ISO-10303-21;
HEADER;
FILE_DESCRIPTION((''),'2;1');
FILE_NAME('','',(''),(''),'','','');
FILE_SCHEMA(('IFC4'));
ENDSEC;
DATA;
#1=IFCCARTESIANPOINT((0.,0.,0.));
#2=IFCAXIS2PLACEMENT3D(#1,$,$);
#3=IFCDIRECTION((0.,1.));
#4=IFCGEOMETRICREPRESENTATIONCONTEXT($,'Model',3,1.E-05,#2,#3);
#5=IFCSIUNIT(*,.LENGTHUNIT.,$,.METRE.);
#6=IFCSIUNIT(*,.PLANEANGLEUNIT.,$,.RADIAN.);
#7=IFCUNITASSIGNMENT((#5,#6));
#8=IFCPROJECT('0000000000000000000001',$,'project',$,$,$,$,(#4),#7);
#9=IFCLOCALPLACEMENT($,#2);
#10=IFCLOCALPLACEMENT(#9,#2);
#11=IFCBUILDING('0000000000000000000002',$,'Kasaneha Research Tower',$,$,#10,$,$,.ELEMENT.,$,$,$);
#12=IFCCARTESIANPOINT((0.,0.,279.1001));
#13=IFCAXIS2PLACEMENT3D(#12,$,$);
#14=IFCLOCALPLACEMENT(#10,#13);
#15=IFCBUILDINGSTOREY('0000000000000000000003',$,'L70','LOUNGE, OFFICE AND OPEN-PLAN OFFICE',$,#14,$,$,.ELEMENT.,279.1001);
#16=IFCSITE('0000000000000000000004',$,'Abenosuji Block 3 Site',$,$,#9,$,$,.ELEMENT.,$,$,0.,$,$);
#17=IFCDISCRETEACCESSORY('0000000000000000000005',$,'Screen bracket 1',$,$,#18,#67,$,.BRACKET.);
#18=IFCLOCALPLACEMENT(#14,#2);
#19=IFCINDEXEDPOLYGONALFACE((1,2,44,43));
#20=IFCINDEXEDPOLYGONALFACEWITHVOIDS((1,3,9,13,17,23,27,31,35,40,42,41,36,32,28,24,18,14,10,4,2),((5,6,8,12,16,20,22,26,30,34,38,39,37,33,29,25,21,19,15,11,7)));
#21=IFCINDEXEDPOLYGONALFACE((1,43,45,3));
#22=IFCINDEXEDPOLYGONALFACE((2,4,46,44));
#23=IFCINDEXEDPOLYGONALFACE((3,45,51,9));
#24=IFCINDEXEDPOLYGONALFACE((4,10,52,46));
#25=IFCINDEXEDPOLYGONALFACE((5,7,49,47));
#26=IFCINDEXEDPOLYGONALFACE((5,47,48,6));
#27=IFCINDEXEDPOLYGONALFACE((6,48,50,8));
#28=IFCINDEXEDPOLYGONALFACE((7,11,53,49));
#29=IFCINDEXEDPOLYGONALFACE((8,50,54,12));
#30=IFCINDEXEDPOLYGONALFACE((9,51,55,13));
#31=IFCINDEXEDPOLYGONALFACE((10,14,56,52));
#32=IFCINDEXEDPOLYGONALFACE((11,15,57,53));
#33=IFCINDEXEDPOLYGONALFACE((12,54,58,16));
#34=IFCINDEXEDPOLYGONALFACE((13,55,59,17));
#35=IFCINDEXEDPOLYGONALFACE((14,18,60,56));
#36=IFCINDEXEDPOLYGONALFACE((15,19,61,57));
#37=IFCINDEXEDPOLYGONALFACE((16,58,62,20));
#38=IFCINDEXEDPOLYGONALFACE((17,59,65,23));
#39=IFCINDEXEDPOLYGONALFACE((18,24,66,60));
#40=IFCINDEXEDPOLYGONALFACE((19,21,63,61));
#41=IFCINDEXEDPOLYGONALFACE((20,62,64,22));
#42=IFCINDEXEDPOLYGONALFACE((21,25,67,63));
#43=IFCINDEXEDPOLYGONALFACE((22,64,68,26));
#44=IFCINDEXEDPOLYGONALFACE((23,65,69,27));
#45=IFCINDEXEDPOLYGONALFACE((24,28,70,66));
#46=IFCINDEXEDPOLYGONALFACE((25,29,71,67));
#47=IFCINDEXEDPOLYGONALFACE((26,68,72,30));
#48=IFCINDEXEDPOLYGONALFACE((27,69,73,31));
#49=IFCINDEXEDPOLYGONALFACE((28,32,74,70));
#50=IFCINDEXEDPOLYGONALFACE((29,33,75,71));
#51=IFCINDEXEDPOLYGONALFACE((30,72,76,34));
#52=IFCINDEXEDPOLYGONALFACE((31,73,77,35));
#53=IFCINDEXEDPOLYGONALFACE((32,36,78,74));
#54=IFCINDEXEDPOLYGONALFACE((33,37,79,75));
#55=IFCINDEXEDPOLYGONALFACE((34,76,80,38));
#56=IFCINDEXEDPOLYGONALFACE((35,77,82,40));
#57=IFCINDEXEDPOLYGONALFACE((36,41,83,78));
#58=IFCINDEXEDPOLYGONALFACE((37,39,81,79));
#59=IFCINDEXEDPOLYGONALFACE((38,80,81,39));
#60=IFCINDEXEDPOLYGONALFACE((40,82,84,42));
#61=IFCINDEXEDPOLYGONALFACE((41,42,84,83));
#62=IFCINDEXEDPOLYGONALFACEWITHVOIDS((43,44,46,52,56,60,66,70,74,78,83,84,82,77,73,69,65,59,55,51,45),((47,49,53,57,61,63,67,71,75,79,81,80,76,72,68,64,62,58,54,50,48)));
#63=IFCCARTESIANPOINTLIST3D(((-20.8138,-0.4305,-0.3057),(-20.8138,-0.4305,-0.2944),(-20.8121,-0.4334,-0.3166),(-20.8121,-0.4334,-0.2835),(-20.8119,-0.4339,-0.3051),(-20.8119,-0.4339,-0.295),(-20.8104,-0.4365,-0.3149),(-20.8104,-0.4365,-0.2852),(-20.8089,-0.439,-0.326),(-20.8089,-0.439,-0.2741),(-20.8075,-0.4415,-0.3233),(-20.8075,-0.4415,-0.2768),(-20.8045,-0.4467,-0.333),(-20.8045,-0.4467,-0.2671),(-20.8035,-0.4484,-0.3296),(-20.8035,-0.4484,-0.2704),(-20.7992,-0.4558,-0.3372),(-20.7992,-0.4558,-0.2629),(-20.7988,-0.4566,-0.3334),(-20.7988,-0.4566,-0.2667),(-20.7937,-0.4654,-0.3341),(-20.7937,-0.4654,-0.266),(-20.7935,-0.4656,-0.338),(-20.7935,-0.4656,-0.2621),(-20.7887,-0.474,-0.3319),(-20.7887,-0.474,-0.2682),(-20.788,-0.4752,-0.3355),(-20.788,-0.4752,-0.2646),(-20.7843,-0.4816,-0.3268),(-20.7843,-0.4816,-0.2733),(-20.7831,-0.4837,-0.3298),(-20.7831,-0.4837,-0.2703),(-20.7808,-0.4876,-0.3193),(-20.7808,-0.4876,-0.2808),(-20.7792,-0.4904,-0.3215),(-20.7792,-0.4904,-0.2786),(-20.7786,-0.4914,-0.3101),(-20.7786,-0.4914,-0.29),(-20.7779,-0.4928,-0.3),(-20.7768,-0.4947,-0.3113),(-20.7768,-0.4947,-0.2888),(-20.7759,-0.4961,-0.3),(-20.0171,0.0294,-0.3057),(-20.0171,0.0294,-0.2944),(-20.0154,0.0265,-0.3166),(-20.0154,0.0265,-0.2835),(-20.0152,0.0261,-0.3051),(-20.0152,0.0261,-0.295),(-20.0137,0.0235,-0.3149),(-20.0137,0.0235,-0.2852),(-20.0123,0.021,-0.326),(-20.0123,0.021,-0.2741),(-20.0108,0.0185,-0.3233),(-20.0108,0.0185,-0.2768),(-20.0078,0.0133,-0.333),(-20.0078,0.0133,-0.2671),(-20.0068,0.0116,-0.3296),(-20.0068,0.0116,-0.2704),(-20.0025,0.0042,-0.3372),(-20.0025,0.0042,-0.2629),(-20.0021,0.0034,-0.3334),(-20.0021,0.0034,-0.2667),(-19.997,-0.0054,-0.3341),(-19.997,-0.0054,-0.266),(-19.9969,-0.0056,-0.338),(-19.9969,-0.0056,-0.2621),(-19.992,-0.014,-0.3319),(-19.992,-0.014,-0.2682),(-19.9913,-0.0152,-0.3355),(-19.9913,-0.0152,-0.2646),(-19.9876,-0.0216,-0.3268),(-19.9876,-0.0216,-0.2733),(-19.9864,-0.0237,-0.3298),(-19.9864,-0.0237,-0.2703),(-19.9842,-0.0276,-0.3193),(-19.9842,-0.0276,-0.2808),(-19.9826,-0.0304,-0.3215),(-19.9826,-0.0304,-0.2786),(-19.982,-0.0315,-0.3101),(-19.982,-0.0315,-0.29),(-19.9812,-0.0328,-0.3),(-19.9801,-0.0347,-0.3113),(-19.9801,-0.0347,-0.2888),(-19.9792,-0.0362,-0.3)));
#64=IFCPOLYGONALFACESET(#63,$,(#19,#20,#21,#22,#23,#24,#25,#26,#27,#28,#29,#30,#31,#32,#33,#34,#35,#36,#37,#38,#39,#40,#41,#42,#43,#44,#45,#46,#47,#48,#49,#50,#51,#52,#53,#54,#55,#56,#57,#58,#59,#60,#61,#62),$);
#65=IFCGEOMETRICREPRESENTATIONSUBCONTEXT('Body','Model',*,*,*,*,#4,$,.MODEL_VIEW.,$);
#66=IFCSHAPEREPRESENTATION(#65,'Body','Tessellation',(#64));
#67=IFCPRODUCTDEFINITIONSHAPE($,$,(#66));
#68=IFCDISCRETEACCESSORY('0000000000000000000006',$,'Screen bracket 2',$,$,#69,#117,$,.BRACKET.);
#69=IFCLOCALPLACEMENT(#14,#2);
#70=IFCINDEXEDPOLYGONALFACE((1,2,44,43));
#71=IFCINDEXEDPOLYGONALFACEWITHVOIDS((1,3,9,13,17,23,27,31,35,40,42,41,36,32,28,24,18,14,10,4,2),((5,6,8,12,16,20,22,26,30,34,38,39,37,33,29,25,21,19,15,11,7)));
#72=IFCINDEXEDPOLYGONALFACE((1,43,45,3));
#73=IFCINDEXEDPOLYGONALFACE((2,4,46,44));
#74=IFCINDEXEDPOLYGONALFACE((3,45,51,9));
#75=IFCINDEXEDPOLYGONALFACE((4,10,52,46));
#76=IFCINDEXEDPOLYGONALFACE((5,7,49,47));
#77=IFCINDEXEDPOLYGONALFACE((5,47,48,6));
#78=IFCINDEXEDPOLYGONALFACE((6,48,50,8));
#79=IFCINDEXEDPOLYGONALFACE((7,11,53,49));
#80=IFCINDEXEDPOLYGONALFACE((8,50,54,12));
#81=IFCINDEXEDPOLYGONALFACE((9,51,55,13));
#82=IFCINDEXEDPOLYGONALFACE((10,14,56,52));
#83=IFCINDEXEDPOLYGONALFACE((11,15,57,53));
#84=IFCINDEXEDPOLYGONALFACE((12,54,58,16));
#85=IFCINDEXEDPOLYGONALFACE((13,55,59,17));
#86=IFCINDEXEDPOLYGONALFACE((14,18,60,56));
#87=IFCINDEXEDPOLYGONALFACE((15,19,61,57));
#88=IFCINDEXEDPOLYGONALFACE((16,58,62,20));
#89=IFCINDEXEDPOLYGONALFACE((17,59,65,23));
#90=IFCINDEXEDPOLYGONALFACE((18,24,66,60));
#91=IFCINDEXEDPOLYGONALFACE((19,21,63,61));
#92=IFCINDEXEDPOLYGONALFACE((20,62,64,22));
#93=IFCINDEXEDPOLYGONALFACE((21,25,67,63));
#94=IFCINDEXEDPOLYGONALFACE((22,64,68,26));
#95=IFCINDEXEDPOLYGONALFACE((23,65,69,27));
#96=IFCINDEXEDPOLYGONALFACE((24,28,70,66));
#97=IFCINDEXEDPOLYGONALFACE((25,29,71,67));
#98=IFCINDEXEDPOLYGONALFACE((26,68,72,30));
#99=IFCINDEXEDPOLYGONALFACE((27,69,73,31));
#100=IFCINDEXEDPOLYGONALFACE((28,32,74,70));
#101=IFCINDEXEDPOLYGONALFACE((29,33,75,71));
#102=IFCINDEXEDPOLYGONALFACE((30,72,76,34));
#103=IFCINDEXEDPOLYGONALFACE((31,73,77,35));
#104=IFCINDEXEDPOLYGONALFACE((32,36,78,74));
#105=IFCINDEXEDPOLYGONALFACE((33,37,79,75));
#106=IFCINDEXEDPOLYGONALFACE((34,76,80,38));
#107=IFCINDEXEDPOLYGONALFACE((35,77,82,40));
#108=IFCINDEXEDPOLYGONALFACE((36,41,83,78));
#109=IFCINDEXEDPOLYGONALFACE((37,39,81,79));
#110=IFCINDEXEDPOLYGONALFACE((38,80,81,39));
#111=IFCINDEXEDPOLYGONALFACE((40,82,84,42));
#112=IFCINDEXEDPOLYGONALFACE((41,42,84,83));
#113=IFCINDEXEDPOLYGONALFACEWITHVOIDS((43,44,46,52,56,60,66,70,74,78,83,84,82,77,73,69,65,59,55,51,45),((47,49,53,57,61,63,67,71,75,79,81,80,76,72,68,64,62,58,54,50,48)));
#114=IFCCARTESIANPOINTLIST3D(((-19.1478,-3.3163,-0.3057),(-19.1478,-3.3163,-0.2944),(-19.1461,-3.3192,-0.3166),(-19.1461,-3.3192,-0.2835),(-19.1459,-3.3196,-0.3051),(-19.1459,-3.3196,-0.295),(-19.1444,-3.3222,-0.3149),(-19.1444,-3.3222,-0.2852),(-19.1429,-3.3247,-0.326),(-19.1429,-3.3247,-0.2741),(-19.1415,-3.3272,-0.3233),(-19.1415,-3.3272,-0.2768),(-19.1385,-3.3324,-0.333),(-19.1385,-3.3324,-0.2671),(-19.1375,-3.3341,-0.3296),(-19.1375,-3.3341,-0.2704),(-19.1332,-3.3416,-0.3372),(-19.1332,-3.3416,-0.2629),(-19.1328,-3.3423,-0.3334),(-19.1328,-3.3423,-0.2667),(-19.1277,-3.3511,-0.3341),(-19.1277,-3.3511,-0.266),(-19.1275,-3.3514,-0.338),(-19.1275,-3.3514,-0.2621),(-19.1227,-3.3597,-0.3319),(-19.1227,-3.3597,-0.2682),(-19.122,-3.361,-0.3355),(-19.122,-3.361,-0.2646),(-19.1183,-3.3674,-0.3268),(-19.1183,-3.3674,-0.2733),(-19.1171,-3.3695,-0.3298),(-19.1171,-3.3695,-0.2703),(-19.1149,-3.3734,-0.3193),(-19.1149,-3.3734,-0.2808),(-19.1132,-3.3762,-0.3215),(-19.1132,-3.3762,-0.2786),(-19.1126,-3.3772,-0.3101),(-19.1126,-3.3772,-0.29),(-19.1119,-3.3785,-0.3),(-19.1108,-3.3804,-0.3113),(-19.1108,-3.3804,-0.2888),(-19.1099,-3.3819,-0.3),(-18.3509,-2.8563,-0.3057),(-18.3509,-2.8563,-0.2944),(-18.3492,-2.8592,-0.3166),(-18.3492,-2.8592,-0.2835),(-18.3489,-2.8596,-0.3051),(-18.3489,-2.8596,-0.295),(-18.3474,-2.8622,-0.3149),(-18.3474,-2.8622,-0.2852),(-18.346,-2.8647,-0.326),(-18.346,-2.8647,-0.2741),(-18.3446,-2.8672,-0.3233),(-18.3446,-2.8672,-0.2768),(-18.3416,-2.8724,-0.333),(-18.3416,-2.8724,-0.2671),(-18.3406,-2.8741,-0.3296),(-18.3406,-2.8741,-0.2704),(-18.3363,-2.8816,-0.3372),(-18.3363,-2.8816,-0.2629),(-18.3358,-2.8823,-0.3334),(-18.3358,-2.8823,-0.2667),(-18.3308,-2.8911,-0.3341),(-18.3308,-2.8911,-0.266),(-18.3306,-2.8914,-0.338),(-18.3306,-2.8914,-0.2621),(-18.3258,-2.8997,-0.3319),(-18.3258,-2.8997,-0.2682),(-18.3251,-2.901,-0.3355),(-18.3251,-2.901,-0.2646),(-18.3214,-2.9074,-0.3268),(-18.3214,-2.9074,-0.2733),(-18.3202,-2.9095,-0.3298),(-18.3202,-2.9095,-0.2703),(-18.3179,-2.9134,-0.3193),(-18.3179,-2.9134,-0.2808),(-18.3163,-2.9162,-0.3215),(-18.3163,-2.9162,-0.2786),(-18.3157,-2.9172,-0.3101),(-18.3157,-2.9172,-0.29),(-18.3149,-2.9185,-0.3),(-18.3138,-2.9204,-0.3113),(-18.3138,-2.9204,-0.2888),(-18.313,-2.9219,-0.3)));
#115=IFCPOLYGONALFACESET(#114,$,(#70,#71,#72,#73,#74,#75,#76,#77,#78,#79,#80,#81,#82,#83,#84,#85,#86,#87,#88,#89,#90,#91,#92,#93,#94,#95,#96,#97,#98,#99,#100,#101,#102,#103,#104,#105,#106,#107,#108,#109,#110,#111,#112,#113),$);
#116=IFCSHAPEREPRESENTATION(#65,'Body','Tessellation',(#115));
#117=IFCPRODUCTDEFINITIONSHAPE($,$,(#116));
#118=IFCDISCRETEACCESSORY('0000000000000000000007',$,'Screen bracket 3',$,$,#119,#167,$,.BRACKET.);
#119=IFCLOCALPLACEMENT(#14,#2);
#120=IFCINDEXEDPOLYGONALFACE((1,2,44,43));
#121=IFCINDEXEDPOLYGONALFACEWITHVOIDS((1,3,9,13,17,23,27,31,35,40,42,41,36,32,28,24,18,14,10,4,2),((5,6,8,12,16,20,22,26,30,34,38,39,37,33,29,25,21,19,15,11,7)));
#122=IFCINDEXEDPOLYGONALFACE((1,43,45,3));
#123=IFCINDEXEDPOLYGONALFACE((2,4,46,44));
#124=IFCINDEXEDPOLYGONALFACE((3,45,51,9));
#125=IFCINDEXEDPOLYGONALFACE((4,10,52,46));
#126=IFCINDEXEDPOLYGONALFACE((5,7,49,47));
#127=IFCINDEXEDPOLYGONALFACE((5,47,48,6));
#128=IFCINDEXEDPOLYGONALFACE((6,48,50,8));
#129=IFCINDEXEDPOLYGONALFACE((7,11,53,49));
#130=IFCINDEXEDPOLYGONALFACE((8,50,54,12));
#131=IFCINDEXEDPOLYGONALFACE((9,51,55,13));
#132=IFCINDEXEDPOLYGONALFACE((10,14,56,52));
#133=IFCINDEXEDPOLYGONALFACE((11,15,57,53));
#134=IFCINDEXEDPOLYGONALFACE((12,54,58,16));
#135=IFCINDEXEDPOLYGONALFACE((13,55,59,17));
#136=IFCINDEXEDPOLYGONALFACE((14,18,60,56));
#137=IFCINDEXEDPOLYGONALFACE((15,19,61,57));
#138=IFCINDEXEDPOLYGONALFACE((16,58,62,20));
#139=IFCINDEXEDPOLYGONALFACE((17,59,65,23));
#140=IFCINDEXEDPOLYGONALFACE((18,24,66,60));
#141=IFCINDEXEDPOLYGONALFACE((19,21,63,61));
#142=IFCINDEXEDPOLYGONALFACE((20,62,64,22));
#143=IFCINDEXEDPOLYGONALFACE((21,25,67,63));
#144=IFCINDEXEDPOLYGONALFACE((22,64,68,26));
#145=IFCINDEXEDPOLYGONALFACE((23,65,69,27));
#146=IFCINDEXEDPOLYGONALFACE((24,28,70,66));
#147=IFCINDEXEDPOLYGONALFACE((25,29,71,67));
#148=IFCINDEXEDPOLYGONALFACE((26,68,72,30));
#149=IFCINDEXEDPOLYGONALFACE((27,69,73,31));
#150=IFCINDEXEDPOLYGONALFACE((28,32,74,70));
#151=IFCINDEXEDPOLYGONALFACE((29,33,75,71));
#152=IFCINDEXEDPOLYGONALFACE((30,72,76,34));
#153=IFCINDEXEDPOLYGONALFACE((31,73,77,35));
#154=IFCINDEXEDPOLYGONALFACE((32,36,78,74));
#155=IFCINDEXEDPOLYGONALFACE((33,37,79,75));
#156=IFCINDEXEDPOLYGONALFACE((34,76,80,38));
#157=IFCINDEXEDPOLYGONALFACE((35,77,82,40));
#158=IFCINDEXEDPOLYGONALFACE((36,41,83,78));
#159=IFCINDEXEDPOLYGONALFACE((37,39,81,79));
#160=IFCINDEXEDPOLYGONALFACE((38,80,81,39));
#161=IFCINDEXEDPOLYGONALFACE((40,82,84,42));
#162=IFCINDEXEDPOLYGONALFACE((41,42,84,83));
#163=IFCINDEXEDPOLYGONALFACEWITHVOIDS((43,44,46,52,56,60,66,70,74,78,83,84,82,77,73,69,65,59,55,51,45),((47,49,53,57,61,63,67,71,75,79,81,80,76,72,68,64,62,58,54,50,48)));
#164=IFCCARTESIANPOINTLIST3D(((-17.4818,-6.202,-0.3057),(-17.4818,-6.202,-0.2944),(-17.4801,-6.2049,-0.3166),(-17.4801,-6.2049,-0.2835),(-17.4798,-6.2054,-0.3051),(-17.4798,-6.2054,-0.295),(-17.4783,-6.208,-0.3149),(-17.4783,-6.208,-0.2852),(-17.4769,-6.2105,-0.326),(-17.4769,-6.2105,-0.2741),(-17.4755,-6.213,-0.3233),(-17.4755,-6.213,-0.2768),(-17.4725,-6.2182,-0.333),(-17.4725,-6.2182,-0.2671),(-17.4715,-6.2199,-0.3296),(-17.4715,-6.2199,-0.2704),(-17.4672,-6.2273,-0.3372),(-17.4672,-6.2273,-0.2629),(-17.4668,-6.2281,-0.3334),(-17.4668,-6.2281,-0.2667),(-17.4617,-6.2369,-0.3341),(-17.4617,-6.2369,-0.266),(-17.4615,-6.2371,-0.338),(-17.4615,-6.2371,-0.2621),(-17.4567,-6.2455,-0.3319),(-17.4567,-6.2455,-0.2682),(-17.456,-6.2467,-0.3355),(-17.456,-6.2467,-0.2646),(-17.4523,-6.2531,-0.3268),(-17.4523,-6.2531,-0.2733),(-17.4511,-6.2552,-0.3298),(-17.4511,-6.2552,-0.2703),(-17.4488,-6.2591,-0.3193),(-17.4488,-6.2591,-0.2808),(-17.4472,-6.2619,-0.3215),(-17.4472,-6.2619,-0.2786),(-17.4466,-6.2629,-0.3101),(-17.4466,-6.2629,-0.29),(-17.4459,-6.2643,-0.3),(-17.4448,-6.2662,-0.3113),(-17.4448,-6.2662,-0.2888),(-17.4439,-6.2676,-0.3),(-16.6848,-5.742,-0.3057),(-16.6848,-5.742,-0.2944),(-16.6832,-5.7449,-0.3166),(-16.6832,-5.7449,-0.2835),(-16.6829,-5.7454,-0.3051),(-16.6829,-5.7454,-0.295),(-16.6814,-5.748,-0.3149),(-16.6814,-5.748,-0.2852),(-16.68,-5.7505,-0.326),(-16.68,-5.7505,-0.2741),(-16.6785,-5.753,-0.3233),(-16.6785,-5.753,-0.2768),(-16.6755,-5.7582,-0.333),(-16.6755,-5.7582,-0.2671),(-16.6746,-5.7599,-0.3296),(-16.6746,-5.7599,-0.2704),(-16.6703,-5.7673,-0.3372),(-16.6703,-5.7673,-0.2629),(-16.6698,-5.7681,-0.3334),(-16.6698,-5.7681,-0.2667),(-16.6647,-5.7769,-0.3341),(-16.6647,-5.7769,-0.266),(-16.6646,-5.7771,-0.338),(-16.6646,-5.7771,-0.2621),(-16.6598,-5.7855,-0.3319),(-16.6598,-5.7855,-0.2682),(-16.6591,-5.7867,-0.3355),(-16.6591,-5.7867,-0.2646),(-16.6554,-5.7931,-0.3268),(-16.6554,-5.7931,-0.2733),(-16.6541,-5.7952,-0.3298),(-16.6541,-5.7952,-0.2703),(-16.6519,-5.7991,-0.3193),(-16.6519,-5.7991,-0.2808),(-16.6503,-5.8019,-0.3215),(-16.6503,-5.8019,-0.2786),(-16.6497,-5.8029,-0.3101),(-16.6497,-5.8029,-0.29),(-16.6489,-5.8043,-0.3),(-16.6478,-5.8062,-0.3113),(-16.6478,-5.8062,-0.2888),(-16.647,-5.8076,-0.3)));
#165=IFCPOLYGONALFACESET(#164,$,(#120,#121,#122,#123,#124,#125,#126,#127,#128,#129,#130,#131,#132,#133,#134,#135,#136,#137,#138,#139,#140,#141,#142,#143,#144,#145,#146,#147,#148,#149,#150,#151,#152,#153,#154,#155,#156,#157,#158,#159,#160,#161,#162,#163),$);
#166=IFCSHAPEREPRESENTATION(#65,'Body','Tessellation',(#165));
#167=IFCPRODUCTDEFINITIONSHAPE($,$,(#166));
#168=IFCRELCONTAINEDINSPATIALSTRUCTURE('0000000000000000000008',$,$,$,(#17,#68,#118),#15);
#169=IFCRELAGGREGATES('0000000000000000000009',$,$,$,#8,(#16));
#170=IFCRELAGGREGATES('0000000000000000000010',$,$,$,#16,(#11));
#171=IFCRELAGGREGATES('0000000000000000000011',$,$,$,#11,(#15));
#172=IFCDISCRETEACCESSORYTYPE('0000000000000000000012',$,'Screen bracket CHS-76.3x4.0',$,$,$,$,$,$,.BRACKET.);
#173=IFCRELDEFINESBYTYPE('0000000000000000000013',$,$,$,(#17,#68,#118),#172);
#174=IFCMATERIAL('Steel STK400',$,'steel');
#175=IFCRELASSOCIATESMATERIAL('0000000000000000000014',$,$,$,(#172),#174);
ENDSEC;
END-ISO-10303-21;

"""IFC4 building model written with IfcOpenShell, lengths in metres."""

from ifc_helpers import new_model, si_unit, direction, frame, origin, origin_2d, place, context, subcontext, project, spatial, hollow_circle, extrude, material, material_profile, profile_set, type_object, element, save


model = new_model("IFC4")

# Units and contexts
model_context = context("Model", 3, precision=1e-05, world=origin(), true_north=direction((0.0, 1.0)))
body_context = subcontext(model_context, "Body", "Model", "MODEL_VIEW")
ifc_project = project(units=[si_unit("LENGTHUNIT", "METRE"), si_unit("PLANEANGLEUNIT", "RADIAN")], contexts=[model_context])

# Site, building, storey
site_placement = place(None, origin())
site = spatial("IfcSite", under=ifc_project, at=site_placement, Name="Abenosuji Block 3 Site", CompositionType="ELEMENT", RefElevation=0.0)
building_placement = place(site_placement, origin())
building = spatial("IfcBuilding", under=site, at=building_placement, Name="Kasaneha Research Tower", CompositionType="ELEMENT")
storey_placement = place(building_placement, frame((0.0, 0.0, 279.1001)))
storey = spatial("IfcBuildingStorey", under=building, at=storey_placement, Name="L70", Description="LOUNGE, OFFICE AND OPEN-PLAN OFFICE", CompositionType="ELEMENT", Elevation=279.1001)

# Discrete accessories
ifc_material_1 = material(Name="Steel STK400", Category="steel")
ifc_material_profile_1 = material_profile(ifc_material_1, hollow_circle(Radius=0.0381, WallThickness=0.0039, at=origin_2d()), Name="CHS-76.3x4.0")
ifc_profile_set_1 = profile_set([ifc_material_profile_1], Name="Steel STK400")
discrete_accessory_type = type_object("IfcDiscreteAccessoryType", Name="Screen bracket CHS-76.3x4.0", PredefinedType="BRACKET", material=ifc_profile_set_1)
discrete_accessory_placement = place(storey_placement, frame((-19.9983, -0.0032, -0.3), z_axis=(-0.866013, -0.500021, 0.0), x_axis=(0.500021, -0.866013, 0.0)))
element("IfcDiscreteAccessory", 1, at=discrete_accessory_placement, inside=storey, type_object=discrete_accessory_type, Name="Screen bracket 1", PredefinedType="BRACKET", context=body_context, shape_type="SweptSolid", body=[
    extrude(hollow_circle(Radius=0.0381, WallThickness=0.0039, at=origin_2d()), origin(), (0.0, 0.0, 1.0), 0.9199),
])
for number, where, z_axis, x_axis, name in (
    (2, (-18.332, -2.8889, -0.3), (-0.86608, -0.499906, 0.0), (0.499906, -0.86608, 0.0), "Screen bracket 2"),
    (3, (-16.666, -5.7747, -0.3), (-0.86608, -0.499906, 0.0), (0.499906, -0.86608, 0.0), "Screen bracket 3"),
):
    element("IfcDiscreteAccessory", number, at=place(storey_placement, frame(where, z_axis=z_axis, x_axis=x_axis)), inside=storey, type_object=discrete_accessory_type, Name=name, PredefinedType="BRACKET", context=body_context, shape_type="SweptSolid", body=[
        extrude(hollow_circle(Radius=0.0381, WallThickness=0.0039, at=origin_2d()), origin(), (0.0, 0.0, 1.0), 0.9202),
    ])

save(model, "model.ifc")
